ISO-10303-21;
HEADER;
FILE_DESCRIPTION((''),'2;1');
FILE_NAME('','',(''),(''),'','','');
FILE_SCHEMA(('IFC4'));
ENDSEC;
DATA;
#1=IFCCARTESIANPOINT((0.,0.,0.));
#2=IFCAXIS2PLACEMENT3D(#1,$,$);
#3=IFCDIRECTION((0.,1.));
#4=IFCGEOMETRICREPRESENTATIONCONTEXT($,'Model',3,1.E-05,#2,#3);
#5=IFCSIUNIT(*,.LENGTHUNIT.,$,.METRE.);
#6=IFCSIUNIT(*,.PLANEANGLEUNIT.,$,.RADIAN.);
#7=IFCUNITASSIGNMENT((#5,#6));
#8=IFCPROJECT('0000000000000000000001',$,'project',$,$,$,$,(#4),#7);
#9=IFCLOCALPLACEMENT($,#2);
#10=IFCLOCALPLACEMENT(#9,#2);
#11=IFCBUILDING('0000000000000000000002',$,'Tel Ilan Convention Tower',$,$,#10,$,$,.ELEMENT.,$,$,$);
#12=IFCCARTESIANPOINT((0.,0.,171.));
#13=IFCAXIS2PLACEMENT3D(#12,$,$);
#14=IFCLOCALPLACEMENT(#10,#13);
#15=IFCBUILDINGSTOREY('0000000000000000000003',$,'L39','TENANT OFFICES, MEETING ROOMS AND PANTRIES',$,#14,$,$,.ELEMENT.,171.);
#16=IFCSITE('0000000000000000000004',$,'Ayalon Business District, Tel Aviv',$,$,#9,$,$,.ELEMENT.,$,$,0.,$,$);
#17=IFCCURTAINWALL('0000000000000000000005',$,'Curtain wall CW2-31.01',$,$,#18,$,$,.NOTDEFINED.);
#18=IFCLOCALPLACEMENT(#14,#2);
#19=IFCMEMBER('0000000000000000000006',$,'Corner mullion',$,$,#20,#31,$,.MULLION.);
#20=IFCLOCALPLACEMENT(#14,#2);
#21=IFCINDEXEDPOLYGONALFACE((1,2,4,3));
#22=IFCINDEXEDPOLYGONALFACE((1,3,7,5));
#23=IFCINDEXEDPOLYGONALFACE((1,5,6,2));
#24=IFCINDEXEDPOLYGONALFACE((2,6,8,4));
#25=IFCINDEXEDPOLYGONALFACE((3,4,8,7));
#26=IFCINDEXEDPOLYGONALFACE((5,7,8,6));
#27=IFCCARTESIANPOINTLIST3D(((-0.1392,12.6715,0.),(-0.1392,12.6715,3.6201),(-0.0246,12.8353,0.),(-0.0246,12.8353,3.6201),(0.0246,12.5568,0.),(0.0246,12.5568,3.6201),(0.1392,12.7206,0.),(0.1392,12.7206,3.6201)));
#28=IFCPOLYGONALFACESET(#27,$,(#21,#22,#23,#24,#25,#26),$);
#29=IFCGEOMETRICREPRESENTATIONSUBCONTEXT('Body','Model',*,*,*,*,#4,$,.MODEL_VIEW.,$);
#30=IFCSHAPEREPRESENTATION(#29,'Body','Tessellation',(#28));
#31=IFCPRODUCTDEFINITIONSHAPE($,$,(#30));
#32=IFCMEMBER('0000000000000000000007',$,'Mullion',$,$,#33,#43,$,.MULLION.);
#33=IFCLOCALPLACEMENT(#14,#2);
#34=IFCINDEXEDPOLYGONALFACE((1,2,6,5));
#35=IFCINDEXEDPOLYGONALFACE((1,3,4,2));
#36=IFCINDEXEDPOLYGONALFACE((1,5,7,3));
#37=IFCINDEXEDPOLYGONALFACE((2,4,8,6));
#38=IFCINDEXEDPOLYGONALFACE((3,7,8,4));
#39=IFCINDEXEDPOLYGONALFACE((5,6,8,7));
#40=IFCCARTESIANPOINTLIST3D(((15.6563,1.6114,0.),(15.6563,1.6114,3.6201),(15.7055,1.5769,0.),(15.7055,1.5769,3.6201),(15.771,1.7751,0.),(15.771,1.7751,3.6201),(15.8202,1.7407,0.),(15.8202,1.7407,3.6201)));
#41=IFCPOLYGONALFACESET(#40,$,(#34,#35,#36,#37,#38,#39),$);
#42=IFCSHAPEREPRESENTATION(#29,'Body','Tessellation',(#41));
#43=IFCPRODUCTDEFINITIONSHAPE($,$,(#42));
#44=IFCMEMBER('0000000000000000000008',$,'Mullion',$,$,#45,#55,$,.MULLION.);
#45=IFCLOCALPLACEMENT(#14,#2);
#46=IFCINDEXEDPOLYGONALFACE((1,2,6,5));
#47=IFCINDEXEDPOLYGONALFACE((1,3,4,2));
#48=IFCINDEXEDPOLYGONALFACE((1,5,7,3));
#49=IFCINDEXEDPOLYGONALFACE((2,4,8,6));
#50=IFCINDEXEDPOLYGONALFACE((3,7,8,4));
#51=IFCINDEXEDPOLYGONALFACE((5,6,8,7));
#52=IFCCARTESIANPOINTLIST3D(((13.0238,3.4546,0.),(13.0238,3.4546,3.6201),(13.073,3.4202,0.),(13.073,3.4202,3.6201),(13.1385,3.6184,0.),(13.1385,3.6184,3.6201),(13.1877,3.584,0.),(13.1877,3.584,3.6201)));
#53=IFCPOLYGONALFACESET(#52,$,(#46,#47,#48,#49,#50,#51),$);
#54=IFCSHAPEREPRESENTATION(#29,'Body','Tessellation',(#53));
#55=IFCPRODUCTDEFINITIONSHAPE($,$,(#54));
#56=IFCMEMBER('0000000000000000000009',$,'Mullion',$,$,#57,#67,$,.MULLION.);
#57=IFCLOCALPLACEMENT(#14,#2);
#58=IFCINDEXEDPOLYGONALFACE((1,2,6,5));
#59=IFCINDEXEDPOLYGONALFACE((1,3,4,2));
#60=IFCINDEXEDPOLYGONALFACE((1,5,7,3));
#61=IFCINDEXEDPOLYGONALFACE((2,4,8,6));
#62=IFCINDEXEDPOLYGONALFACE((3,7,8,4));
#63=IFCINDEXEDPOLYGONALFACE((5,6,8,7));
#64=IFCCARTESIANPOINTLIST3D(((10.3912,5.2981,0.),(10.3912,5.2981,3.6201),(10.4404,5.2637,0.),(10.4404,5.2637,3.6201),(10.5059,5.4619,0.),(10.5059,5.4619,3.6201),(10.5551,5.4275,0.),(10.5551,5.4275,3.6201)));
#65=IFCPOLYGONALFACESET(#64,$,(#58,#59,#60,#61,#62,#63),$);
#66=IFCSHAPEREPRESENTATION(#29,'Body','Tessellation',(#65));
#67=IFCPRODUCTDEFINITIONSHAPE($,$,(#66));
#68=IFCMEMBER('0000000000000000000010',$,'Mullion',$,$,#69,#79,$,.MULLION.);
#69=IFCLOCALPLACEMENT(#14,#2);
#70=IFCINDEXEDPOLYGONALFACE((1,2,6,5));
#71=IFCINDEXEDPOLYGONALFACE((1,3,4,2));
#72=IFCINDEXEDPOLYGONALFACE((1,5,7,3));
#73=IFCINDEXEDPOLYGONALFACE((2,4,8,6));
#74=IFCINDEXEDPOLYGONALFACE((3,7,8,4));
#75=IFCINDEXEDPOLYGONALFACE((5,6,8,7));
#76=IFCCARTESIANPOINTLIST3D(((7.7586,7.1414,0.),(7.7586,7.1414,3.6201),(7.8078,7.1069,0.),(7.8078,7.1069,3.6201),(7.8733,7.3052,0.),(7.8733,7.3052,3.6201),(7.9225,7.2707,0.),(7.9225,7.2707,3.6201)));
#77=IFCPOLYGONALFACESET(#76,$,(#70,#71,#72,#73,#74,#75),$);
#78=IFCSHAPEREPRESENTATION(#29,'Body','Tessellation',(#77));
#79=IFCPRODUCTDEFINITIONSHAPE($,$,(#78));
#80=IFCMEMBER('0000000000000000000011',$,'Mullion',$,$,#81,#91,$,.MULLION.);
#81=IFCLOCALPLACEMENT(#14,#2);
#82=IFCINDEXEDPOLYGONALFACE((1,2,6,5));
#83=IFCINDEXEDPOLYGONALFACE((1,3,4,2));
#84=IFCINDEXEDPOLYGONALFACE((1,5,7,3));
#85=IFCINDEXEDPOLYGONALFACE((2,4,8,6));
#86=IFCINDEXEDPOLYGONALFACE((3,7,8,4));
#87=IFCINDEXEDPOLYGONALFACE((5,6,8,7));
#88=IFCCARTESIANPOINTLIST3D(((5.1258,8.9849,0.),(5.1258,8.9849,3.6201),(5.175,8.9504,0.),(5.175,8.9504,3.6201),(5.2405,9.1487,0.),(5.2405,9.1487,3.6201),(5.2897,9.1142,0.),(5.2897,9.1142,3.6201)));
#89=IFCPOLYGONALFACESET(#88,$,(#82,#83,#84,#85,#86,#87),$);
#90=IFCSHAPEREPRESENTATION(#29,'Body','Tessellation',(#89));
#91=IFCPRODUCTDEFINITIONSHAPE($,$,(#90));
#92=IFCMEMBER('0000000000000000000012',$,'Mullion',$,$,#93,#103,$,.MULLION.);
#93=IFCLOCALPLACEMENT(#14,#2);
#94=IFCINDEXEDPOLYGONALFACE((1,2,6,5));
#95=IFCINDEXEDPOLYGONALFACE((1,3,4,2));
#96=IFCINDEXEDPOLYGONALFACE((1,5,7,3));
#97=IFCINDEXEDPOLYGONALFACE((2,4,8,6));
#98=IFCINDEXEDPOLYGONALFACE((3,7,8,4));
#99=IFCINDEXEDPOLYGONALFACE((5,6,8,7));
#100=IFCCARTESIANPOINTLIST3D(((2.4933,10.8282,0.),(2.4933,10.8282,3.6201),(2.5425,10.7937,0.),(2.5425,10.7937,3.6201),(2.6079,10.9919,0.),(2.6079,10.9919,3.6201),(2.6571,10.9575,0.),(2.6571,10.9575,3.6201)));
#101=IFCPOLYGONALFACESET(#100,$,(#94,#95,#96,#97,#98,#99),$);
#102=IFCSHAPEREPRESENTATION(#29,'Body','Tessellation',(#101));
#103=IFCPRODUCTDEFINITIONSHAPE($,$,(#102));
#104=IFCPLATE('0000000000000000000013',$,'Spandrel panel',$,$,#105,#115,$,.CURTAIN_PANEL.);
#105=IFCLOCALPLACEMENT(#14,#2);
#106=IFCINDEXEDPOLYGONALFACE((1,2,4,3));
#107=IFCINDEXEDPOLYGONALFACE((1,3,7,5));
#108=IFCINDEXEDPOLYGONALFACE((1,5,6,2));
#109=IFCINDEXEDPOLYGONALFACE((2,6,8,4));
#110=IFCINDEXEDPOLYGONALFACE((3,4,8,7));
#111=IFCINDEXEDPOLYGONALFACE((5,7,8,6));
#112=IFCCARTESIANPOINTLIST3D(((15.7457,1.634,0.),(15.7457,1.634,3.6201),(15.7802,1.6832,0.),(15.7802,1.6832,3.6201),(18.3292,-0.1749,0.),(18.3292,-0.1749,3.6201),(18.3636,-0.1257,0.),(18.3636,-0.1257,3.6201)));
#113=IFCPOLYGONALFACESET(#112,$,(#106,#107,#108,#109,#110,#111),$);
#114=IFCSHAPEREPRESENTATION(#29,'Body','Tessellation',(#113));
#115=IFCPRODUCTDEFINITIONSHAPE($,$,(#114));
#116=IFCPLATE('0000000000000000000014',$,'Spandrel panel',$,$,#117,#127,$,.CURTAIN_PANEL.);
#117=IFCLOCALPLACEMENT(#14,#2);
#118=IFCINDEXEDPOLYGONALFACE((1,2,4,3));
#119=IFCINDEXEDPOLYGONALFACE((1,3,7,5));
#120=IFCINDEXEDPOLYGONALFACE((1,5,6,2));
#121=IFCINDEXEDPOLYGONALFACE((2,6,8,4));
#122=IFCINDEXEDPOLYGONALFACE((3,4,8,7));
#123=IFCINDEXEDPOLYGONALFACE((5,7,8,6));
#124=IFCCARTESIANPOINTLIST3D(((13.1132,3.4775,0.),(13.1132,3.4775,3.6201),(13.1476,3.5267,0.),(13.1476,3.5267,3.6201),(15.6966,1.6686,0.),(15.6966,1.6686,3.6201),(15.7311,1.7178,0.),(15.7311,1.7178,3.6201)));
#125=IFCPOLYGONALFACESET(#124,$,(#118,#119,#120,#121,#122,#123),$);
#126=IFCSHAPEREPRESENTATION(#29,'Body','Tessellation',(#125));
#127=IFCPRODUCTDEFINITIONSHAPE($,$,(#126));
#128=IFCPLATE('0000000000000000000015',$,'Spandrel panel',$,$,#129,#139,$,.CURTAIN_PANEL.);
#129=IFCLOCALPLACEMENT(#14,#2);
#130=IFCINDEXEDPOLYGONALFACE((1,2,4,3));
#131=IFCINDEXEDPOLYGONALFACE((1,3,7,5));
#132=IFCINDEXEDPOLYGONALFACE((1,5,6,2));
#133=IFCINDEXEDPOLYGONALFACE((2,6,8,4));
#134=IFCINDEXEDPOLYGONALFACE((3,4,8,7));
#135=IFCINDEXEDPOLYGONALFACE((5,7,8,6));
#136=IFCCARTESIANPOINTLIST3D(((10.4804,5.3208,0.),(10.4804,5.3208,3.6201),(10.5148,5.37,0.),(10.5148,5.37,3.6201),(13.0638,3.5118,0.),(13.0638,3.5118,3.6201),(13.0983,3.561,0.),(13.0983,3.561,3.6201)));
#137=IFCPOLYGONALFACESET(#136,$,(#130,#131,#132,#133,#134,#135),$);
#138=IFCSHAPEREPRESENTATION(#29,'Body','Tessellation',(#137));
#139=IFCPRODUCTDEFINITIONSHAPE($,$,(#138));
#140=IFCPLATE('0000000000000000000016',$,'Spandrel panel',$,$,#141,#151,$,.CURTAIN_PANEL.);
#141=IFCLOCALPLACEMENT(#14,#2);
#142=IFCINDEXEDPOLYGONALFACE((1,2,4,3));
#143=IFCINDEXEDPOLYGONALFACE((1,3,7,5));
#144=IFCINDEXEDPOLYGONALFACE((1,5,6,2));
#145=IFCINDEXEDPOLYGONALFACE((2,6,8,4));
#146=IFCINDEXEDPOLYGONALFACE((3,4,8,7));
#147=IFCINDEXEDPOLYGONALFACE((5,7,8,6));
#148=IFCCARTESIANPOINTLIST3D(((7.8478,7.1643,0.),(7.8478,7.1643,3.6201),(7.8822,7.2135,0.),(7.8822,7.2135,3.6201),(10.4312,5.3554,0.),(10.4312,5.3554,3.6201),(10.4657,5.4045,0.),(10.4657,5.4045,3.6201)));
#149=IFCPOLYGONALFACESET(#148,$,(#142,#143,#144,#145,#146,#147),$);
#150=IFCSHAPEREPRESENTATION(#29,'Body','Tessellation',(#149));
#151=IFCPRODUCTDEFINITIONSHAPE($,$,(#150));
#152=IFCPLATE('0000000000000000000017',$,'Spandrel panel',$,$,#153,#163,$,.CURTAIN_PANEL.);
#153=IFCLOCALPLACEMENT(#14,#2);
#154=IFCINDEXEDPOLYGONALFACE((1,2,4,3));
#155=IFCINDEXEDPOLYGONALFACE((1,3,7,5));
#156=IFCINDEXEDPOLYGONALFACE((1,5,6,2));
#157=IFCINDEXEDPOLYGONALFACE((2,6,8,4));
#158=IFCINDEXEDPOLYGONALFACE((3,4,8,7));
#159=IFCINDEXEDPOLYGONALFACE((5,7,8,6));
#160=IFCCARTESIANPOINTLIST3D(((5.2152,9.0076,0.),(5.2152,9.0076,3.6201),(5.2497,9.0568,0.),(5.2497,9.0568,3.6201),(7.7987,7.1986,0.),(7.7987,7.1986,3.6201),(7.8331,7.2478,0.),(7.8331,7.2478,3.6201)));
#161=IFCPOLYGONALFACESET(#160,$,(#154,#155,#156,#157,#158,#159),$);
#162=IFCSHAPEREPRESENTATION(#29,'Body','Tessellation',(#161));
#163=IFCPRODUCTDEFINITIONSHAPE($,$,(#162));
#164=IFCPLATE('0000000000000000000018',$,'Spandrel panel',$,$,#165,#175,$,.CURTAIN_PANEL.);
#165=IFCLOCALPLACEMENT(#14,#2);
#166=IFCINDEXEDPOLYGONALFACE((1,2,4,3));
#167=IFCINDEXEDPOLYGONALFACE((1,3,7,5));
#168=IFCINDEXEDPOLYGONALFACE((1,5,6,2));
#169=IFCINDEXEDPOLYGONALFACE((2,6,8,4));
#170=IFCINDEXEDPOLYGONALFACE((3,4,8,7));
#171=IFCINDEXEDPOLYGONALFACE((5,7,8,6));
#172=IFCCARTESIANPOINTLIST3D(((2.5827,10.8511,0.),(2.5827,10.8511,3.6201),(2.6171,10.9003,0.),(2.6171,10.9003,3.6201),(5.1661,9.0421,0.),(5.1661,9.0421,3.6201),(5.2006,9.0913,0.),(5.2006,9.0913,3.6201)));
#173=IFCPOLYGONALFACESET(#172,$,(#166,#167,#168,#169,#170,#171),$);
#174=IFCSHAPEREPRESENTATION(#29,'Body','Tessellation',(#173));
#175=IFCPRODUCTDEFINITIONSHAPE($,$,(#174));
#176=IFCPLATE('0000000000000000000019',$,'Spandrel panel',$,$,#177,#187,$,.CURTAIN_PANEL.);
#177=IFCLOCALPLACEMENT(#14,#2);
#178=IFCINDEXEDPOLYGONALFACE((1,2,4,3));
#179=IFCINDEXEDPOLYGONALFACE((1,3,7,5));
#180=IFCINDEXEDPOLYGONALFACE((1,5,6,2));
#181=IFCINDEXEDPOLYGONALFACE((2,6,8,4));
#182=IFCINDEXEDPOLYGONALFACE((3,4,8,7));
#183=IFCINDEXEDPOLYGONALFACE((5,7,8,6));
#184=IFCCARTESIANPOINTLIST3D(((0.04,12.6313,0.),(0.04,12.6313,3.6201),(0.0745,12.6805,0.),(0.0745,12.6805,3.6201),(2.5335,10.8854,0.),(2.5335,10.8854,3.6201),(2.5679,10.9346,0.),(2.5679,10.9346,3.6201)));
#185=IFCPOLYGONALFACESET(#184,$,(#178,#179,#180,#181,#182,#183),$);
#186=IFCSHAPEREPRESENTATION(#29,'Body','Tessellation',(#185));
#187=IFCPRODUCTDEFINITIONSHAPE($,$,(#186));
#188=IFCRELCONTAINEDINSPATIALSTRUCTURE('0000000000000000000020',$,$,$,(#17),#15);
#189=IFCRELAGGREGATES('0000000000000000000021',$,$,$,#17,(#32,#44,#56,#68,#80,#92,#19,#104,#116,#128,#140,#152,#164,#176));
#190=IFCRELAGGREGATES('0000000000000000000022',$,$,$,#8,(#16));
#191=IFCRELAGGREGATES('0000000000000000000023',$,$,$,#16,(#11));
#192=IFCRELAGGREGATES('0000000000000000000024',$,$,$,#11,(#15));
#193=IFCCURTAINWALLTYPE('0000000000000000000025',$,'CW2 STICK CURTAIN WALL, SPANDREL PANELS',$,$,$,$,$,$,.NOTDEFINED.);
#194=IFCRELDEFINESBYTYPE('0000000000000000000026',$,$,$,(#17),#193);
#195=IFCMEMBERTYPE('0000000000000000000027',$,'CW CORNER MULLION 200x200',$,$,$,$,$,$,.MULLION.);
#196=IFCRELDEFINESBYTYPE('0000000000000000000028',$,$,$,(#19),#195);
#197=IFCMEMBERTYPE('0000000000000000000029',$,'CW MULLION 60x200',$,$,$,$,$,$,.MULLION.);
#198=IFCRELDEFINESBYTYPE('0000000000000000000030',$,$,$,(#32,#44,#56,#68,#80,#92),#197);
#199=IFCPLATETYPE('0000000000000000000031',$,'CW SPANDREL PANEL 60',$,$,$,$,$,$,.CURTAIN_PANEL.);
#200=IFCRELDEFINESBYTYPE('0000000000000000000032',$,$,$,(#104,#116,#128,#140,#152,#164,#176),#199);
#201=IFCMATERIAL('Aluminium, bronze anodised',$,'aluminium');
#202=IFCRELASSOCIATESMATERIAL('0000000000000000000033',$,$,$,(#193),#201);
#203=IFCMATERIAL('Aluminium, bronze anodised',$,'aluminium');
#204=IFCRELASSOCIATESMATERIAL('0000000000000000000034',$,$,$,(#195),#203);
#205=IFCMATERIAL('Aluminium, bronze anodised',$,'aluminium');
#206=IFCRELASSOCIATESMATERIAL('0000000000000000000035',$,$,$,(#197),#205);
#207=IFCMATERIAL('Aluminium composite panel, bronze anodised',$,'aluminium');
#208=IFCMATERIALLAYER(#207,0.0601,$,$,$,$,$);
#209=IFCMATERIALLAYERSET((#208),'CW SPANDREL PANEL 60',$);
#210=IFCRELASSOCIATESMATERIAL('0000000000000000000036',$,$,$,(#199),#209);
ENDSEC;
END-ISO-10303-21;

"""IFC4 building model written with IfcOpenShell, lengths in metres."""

from ifc_helpers import new_model, si_unit, direction, frame, origin, origin_2d, place, context, subcontext, project, spatial, rectangle, extrude, material, layer, layer_set, material_profile, profile_set, type_object, element, aggregate, save


model = new_model("IFC4")

# Units and contexts
model_context = context("Model", 3, precision=1e-05, world=origin(), true_north=direction((0.0, 1.0)))
body_context = subcontext(model_context, "Body", "Model", "MODEL_VIEW")
ifc_project = project(units=[si_unit("LENGTHUNIT", "METRE"), si_unit("PLANEANGLEUNIT", "RADIAN")], contexts=[model_context])

# Site, building, storey
site_placement = place(None, origin())
site = spatial("IfcSite", under=ifc_project, at=site_placement, Name="Ayalon Business District, Tel Aviv", CompositionType="ELEMENT", RefElevation=0.0)
building_placement = place(site_placement, origin())
building = spatial("IfcBuilding", under=site, at=building_placement, Name="Tel Ilan Convention Tower", CompositionType="ELEMENT")
storey_placement = place(building_placement, frame((0.0, 0.0, 171.0)))
storey = spatial("IfcBuildingStorey", under=building, at=storey_placement, Name="L39", Description="TENANT OFFICES, MEETING ROOMS AND PANTRIES", CompositionType="ELEMENT", Elevation=171.0)

# Curtain wall, members, plates
ifc_material_1 = material(Name="Aluminium, bronze anodised", Category="aluminium")
curtain_wall_type = type_object("IfcCurtainWallType", Name="CW2 STICK CURTAIN WALL, SPANDREL PANELS", PredefinedType="NOTDEFINED", material=ifc_material_1)
curtain_wall_placement = place(storey_placement, origin())
curtain_wall = element("IfcCurtainWall", 1, at=curtain_wall_placement, inside=storey, type_object=curtain_wall_type, Name="Curtain wall CW2-31.01", PredefinedType="NOTDEFINED")
ifc_material_2 = material(Name="Aluminium, bronze anodised", Category="aluminium")
ifc_material_profile_1 = material_profile(ifc_material_2, rectangle(XDim=0.2, YDim=0.2, at=origin_2d()), Name="CW CORNER MULLION 200x200")
ifc_profile_set_1 = profile_set([ifc_material_profile_1], Name="Aluminium, bronze anodised")
member_type_1 = type_object("IfcMemberType", Name="CW CORNER MULLION 200x200", PredefinedType="MULLION", material=ifc_profile_set_1)
member_1_placement = place(storey_placement, frame((0.0, 12.696, 0.0), z_axis=(0.0, 0.0, 1.0), x_axis=(-0.819152, 0.573576, 0.0)))
member_1 = element("IfcMember", 2, at=member_1_placement, type_object=member_type_1, Name="Corner mullion", PredefinedType="MULLION", context=body_context, shape_type="SweptSolid", body=[
    extrude(rectangle(XDim=0.2, YDim=0.2, at=origin_2d()), origin(), (0.0, 0.0, 1.0), 3.6201),
])
ifc_material_3 = material(Name="Aluminium, bronze anodised", Category="aluminium")
ifc_material_profile_2 = material_profile(ifc_material_3, rectangle(XDim=0.0601, YDim=0.2, at=origin_2d()), Name="CW MULLION 60x200")
ifc_profile_set_2 = profile_set([ifc_material_profile_2], Name="Aluminium, bronze anodised")
member_type_2 = type_object("IfcMemberType", Name="CW MULLION 60x200", PredefinedType="MULLION", material=ifc_profile_set_2)
member_2_placement = place(storey_placement, frame((15.7383, 1.676, 0.0), z_axis=(0.0, 0.0, 1.0), x_axis=(-0.819152, 0.573576, 0.0)))
member_2 = element("IfcMember", 3, at=member_2_placement, type_object=member_type_2, Name="Mullion", PredefinedType="MULLION", context=body_context, shape_type="SweptSolid", body=[
    extrude(rectangle(XDim=0.0601, YDim=0.2, at=origin_2d()), origin(), (0.0, 0.0, 1.0), 3.6201),
])
member_3_placement = place(storey_placement, frame((13.1057, 3.5193, 0.0), z_axis=(0.0, 0.0, 1.0), x_axis=(-0.819152, 0.573576, 0.0)))
member_3 = element("IfcMember", 4, at=member_3_placement, type_object=member_type_2, Name="Mullion", PredefinedType="MULLION", context=body_context, shape_type="SweptSolid", body=[
    extrude(rectangle(XDim=0.0601, YDim=0.2, at=origin_2d()), origin(), (0.0, 0.0, 1.0), 3.6201),
])
member_4_placement = place(storey_placement, frame((10.4731, 5.3628, 0.0), z_axis=(0.0, 0.0, 1.0), x_axis=(-0.819152, 0.573576, 0.0)))
member_4 = element("IfcMember", 5, at=member_4_placement, type_object=member_type_2, Name="Mullion", PredefinedType="MULLION", context=body_context, shape_type="SweptSolid", body=[
    extrude(rectangle(XDim=0.0601, YDim=0.2, at=origin_2d()), origin(), (0.0, 0.0, 1.0), 3.6201),
])
member_5_placement = place(storey_placement, frame((7.8406, 7.2061, 0.0), z_axis=(0.0, 0.0, 1.0), x_axis=(-0.819152, 0.573576, 0.0)))
member_5 = element("IfcMember", 6, at=member_5_placement, type_object=member_type_2, Name="Mullion", PredefinedType="MULLION", context=body_context, shape_type="SweptSolid", body=[
    extrude(rectangle(XDim=0.0601, YDim=0.2, at=origin_2d()), origin(), (0.0, 0.0, 1.0), 3.6201),
])
member_6_placement = place(storey_placement, frame((5.2078, 9.0496, 0.0), z_axis=(0.0, 0.0, 1.0), x_axis=(-0.819152, 0.573576, 0.0)))
member_6 = element("IfcMember", 7, at=member_6_placement, type_object=member_type_2, Name="Mullion", PredefinedType="MULLION", context=body_context, shape_type="SweptSolid", body=[
    extrude(rectangle(XDim=0.0601, YDim=0.2, at=origin_2d()), origin(), (0.0, 0.0, 1.0), 3.6201),
])
member_7_placement = place(storey_placement, frame((2.5752, 10.8928, 0.0), z_axis=(0.0, 0.0, 1.0), x_axis=(-0.819152, 0.573576, 0.0)))
member_7 = element("IfcMember", 8, at=member_7_placement, type_object=member_type_2, Name="Mullion", PredefinedType="MULLION", context=body_context, shape_type="SweptSolid", body=[
    extrude(rectangle(XDim=0.0601, YDim=0.2, at=origin_2d()), origin(), (0.0, 0.0, 1.0), 3.6201),
])
ifc_material_4 = material(Name="Aluminium composite panel, bronze anodised", Category="aluminium")
ifc_layer_1 = layer(ifc_material_4, 0.0601)
ifc_layer_set_1 = layer_set([ifc_layer_1], Name="CW SPANDREL PANEL 60")
plate_type = type_object("IfcPlateType", Name="CW SPANDREL PANEL 60", PredefinedType="CURTAIN_PANEL", material=ifc_layer_set_1)
plate_1_placement = place(storey_placement, frame((17.0547, 0.7542, 0.0), z_axis=(0.0, 0.0, 1.0), x_axis=(-0.819152, 0.573576, 0.0)))
plate_1 = element("IfcPlate", 9, at=plate_1_placement, type_object=plate_type, Name="Spandrel panel", PredefinedType="CURTAIN_PANEL", context=body_context, shape_type="SweptSolid", body=[
    extrude(rectangle(XDim=3.1538, YDim=0.0601, at=origin_2d()), origin(), (0.0, 0.0, 1.0), 3.6201),
])
plate_2_placement = place(storey_placement, frame((14.4221, 2.5977, 0.0), z_axis=(0.0, 0.0, 1.0), x_axis=(-0.819152, 0.573576, 0.0)))
plate_2 = element("IfcPlate", 10, at=plate_2_placement, type_object=plate_type, Name="Spandrel panel", PredefinedType="CURTAIN_PANEL", context=body_context, shape_type="SweptSolid", body=[
    extrude(rectangle(XDim=3.1538, YDim=0.0601, at=origin_2d()), origin(), (0.0, 0.0, 1.0), 3.6201),
])
plate_3_placement = place(storey_placement, frame((11.7893, 4.4409, 0.0), z_axis=(0.0, 0.0, 1.0), x_axis=(-0.819152, 0.573576, 0.0)))
plate_3 = element("IfcPlate", 11, at=plate_3_placement, type_object=plate_type, Name="Spandrel panel", PredefinedType="CURTAIN_PANEL", context=body_context, shape_type="SweptSolid", body=[
    extrude(rectangle(XDim=3.1538, YDim=0.0601, at=origin_2d()), origin(), (0.0, 0.0, 1.0), 3.6201),
])
plate_4_placement = place(storey_placement, frame((9.1567, 6.2844, 0.0), z_axis=(0.0, 0.0, 1.0), x_axis=(-0.819152, 0.573576, 0.0)))
plate_4 = element("IfcPlate", 12, at=plate_4_placement, type_object=plate_type, Name="Spandrel panel", PredefinedType="CURTAIN_PANEL", context=body_context, shape_type="SweptSolid", body=[
    extrude(rectangle(XDim=3.1538, YDim=0.0601, at=origin_2d()), origin(), (0.0, 0.0, 1.0), 3.6201),
])
plate_5_placement = place(storey_placement, frame((6.5242, 8.1277, 0.0), z_axis=(0.0, 0.0, 1.0), x_axis=(-0.819152, 0.573576, 0.0)))
plate_5 = element("IfcPlate", 13, at=plate_5_placement, type_object=plate_type, Name="Spandrel panel", PredefinedType="CURTAIN_PANEL", context=body_context, shape_type="SweptSolid", body=[
    extrude(rectangle(XDim=3.1538, YDim=0.0601, at=origin_2d()), origin(), (0.0, 0.0, 1.0), 3.6201),
])
plate_6_placement = place(storey_placement, frame((3.8916, 9.9712, 0.0), z_axis=(0.0, 0.0, 1.0), x_axis=(-0.819152, 0.573576, 0.0)))
plate_6 = element("IfcPlate", 14, at=plate_6_placement, type_object=plate_type, Name="Spandrel panel", PredefinedType="CURTAIN_PANEL", context=body_context, shape_type="SweptSolid", body=[
    extrude(rectangle(XDim=3.1538, YDim=0.0601, at=origin_2d()), origin(), (0.0, 0.0, 1.0), 3.6201),
])
plate_7_placement = place(storey_placement, frame((1.304, 11.783, 0.0), z_axis=(0.0, 0.0, 1.0), x_axis=(-0.819152, 0.573576, 0.0)))
plate_7 = element("IfcPlate", 15, at=plate_7_placement, type_object=plate_type, Name="Spandrel panel", PredefinedType="CURTAIN_PANEL", context=body_context, shape_type="SweptSolid", body=[
    extrude(rectangle(XDim=3.0439, YDim=0.0601, at=origin_2d()), origin(), (0.0, 0.0, 1.0), 3.6201),
])
aggregate(curtain_wall, [member_2, member_3, member_4, member_5, member_6, member_7, member_1, plate_1, plate_2, plate_3, plate_4, plate_5, plate_6, plate_7])

save(model, "model.ifc")
